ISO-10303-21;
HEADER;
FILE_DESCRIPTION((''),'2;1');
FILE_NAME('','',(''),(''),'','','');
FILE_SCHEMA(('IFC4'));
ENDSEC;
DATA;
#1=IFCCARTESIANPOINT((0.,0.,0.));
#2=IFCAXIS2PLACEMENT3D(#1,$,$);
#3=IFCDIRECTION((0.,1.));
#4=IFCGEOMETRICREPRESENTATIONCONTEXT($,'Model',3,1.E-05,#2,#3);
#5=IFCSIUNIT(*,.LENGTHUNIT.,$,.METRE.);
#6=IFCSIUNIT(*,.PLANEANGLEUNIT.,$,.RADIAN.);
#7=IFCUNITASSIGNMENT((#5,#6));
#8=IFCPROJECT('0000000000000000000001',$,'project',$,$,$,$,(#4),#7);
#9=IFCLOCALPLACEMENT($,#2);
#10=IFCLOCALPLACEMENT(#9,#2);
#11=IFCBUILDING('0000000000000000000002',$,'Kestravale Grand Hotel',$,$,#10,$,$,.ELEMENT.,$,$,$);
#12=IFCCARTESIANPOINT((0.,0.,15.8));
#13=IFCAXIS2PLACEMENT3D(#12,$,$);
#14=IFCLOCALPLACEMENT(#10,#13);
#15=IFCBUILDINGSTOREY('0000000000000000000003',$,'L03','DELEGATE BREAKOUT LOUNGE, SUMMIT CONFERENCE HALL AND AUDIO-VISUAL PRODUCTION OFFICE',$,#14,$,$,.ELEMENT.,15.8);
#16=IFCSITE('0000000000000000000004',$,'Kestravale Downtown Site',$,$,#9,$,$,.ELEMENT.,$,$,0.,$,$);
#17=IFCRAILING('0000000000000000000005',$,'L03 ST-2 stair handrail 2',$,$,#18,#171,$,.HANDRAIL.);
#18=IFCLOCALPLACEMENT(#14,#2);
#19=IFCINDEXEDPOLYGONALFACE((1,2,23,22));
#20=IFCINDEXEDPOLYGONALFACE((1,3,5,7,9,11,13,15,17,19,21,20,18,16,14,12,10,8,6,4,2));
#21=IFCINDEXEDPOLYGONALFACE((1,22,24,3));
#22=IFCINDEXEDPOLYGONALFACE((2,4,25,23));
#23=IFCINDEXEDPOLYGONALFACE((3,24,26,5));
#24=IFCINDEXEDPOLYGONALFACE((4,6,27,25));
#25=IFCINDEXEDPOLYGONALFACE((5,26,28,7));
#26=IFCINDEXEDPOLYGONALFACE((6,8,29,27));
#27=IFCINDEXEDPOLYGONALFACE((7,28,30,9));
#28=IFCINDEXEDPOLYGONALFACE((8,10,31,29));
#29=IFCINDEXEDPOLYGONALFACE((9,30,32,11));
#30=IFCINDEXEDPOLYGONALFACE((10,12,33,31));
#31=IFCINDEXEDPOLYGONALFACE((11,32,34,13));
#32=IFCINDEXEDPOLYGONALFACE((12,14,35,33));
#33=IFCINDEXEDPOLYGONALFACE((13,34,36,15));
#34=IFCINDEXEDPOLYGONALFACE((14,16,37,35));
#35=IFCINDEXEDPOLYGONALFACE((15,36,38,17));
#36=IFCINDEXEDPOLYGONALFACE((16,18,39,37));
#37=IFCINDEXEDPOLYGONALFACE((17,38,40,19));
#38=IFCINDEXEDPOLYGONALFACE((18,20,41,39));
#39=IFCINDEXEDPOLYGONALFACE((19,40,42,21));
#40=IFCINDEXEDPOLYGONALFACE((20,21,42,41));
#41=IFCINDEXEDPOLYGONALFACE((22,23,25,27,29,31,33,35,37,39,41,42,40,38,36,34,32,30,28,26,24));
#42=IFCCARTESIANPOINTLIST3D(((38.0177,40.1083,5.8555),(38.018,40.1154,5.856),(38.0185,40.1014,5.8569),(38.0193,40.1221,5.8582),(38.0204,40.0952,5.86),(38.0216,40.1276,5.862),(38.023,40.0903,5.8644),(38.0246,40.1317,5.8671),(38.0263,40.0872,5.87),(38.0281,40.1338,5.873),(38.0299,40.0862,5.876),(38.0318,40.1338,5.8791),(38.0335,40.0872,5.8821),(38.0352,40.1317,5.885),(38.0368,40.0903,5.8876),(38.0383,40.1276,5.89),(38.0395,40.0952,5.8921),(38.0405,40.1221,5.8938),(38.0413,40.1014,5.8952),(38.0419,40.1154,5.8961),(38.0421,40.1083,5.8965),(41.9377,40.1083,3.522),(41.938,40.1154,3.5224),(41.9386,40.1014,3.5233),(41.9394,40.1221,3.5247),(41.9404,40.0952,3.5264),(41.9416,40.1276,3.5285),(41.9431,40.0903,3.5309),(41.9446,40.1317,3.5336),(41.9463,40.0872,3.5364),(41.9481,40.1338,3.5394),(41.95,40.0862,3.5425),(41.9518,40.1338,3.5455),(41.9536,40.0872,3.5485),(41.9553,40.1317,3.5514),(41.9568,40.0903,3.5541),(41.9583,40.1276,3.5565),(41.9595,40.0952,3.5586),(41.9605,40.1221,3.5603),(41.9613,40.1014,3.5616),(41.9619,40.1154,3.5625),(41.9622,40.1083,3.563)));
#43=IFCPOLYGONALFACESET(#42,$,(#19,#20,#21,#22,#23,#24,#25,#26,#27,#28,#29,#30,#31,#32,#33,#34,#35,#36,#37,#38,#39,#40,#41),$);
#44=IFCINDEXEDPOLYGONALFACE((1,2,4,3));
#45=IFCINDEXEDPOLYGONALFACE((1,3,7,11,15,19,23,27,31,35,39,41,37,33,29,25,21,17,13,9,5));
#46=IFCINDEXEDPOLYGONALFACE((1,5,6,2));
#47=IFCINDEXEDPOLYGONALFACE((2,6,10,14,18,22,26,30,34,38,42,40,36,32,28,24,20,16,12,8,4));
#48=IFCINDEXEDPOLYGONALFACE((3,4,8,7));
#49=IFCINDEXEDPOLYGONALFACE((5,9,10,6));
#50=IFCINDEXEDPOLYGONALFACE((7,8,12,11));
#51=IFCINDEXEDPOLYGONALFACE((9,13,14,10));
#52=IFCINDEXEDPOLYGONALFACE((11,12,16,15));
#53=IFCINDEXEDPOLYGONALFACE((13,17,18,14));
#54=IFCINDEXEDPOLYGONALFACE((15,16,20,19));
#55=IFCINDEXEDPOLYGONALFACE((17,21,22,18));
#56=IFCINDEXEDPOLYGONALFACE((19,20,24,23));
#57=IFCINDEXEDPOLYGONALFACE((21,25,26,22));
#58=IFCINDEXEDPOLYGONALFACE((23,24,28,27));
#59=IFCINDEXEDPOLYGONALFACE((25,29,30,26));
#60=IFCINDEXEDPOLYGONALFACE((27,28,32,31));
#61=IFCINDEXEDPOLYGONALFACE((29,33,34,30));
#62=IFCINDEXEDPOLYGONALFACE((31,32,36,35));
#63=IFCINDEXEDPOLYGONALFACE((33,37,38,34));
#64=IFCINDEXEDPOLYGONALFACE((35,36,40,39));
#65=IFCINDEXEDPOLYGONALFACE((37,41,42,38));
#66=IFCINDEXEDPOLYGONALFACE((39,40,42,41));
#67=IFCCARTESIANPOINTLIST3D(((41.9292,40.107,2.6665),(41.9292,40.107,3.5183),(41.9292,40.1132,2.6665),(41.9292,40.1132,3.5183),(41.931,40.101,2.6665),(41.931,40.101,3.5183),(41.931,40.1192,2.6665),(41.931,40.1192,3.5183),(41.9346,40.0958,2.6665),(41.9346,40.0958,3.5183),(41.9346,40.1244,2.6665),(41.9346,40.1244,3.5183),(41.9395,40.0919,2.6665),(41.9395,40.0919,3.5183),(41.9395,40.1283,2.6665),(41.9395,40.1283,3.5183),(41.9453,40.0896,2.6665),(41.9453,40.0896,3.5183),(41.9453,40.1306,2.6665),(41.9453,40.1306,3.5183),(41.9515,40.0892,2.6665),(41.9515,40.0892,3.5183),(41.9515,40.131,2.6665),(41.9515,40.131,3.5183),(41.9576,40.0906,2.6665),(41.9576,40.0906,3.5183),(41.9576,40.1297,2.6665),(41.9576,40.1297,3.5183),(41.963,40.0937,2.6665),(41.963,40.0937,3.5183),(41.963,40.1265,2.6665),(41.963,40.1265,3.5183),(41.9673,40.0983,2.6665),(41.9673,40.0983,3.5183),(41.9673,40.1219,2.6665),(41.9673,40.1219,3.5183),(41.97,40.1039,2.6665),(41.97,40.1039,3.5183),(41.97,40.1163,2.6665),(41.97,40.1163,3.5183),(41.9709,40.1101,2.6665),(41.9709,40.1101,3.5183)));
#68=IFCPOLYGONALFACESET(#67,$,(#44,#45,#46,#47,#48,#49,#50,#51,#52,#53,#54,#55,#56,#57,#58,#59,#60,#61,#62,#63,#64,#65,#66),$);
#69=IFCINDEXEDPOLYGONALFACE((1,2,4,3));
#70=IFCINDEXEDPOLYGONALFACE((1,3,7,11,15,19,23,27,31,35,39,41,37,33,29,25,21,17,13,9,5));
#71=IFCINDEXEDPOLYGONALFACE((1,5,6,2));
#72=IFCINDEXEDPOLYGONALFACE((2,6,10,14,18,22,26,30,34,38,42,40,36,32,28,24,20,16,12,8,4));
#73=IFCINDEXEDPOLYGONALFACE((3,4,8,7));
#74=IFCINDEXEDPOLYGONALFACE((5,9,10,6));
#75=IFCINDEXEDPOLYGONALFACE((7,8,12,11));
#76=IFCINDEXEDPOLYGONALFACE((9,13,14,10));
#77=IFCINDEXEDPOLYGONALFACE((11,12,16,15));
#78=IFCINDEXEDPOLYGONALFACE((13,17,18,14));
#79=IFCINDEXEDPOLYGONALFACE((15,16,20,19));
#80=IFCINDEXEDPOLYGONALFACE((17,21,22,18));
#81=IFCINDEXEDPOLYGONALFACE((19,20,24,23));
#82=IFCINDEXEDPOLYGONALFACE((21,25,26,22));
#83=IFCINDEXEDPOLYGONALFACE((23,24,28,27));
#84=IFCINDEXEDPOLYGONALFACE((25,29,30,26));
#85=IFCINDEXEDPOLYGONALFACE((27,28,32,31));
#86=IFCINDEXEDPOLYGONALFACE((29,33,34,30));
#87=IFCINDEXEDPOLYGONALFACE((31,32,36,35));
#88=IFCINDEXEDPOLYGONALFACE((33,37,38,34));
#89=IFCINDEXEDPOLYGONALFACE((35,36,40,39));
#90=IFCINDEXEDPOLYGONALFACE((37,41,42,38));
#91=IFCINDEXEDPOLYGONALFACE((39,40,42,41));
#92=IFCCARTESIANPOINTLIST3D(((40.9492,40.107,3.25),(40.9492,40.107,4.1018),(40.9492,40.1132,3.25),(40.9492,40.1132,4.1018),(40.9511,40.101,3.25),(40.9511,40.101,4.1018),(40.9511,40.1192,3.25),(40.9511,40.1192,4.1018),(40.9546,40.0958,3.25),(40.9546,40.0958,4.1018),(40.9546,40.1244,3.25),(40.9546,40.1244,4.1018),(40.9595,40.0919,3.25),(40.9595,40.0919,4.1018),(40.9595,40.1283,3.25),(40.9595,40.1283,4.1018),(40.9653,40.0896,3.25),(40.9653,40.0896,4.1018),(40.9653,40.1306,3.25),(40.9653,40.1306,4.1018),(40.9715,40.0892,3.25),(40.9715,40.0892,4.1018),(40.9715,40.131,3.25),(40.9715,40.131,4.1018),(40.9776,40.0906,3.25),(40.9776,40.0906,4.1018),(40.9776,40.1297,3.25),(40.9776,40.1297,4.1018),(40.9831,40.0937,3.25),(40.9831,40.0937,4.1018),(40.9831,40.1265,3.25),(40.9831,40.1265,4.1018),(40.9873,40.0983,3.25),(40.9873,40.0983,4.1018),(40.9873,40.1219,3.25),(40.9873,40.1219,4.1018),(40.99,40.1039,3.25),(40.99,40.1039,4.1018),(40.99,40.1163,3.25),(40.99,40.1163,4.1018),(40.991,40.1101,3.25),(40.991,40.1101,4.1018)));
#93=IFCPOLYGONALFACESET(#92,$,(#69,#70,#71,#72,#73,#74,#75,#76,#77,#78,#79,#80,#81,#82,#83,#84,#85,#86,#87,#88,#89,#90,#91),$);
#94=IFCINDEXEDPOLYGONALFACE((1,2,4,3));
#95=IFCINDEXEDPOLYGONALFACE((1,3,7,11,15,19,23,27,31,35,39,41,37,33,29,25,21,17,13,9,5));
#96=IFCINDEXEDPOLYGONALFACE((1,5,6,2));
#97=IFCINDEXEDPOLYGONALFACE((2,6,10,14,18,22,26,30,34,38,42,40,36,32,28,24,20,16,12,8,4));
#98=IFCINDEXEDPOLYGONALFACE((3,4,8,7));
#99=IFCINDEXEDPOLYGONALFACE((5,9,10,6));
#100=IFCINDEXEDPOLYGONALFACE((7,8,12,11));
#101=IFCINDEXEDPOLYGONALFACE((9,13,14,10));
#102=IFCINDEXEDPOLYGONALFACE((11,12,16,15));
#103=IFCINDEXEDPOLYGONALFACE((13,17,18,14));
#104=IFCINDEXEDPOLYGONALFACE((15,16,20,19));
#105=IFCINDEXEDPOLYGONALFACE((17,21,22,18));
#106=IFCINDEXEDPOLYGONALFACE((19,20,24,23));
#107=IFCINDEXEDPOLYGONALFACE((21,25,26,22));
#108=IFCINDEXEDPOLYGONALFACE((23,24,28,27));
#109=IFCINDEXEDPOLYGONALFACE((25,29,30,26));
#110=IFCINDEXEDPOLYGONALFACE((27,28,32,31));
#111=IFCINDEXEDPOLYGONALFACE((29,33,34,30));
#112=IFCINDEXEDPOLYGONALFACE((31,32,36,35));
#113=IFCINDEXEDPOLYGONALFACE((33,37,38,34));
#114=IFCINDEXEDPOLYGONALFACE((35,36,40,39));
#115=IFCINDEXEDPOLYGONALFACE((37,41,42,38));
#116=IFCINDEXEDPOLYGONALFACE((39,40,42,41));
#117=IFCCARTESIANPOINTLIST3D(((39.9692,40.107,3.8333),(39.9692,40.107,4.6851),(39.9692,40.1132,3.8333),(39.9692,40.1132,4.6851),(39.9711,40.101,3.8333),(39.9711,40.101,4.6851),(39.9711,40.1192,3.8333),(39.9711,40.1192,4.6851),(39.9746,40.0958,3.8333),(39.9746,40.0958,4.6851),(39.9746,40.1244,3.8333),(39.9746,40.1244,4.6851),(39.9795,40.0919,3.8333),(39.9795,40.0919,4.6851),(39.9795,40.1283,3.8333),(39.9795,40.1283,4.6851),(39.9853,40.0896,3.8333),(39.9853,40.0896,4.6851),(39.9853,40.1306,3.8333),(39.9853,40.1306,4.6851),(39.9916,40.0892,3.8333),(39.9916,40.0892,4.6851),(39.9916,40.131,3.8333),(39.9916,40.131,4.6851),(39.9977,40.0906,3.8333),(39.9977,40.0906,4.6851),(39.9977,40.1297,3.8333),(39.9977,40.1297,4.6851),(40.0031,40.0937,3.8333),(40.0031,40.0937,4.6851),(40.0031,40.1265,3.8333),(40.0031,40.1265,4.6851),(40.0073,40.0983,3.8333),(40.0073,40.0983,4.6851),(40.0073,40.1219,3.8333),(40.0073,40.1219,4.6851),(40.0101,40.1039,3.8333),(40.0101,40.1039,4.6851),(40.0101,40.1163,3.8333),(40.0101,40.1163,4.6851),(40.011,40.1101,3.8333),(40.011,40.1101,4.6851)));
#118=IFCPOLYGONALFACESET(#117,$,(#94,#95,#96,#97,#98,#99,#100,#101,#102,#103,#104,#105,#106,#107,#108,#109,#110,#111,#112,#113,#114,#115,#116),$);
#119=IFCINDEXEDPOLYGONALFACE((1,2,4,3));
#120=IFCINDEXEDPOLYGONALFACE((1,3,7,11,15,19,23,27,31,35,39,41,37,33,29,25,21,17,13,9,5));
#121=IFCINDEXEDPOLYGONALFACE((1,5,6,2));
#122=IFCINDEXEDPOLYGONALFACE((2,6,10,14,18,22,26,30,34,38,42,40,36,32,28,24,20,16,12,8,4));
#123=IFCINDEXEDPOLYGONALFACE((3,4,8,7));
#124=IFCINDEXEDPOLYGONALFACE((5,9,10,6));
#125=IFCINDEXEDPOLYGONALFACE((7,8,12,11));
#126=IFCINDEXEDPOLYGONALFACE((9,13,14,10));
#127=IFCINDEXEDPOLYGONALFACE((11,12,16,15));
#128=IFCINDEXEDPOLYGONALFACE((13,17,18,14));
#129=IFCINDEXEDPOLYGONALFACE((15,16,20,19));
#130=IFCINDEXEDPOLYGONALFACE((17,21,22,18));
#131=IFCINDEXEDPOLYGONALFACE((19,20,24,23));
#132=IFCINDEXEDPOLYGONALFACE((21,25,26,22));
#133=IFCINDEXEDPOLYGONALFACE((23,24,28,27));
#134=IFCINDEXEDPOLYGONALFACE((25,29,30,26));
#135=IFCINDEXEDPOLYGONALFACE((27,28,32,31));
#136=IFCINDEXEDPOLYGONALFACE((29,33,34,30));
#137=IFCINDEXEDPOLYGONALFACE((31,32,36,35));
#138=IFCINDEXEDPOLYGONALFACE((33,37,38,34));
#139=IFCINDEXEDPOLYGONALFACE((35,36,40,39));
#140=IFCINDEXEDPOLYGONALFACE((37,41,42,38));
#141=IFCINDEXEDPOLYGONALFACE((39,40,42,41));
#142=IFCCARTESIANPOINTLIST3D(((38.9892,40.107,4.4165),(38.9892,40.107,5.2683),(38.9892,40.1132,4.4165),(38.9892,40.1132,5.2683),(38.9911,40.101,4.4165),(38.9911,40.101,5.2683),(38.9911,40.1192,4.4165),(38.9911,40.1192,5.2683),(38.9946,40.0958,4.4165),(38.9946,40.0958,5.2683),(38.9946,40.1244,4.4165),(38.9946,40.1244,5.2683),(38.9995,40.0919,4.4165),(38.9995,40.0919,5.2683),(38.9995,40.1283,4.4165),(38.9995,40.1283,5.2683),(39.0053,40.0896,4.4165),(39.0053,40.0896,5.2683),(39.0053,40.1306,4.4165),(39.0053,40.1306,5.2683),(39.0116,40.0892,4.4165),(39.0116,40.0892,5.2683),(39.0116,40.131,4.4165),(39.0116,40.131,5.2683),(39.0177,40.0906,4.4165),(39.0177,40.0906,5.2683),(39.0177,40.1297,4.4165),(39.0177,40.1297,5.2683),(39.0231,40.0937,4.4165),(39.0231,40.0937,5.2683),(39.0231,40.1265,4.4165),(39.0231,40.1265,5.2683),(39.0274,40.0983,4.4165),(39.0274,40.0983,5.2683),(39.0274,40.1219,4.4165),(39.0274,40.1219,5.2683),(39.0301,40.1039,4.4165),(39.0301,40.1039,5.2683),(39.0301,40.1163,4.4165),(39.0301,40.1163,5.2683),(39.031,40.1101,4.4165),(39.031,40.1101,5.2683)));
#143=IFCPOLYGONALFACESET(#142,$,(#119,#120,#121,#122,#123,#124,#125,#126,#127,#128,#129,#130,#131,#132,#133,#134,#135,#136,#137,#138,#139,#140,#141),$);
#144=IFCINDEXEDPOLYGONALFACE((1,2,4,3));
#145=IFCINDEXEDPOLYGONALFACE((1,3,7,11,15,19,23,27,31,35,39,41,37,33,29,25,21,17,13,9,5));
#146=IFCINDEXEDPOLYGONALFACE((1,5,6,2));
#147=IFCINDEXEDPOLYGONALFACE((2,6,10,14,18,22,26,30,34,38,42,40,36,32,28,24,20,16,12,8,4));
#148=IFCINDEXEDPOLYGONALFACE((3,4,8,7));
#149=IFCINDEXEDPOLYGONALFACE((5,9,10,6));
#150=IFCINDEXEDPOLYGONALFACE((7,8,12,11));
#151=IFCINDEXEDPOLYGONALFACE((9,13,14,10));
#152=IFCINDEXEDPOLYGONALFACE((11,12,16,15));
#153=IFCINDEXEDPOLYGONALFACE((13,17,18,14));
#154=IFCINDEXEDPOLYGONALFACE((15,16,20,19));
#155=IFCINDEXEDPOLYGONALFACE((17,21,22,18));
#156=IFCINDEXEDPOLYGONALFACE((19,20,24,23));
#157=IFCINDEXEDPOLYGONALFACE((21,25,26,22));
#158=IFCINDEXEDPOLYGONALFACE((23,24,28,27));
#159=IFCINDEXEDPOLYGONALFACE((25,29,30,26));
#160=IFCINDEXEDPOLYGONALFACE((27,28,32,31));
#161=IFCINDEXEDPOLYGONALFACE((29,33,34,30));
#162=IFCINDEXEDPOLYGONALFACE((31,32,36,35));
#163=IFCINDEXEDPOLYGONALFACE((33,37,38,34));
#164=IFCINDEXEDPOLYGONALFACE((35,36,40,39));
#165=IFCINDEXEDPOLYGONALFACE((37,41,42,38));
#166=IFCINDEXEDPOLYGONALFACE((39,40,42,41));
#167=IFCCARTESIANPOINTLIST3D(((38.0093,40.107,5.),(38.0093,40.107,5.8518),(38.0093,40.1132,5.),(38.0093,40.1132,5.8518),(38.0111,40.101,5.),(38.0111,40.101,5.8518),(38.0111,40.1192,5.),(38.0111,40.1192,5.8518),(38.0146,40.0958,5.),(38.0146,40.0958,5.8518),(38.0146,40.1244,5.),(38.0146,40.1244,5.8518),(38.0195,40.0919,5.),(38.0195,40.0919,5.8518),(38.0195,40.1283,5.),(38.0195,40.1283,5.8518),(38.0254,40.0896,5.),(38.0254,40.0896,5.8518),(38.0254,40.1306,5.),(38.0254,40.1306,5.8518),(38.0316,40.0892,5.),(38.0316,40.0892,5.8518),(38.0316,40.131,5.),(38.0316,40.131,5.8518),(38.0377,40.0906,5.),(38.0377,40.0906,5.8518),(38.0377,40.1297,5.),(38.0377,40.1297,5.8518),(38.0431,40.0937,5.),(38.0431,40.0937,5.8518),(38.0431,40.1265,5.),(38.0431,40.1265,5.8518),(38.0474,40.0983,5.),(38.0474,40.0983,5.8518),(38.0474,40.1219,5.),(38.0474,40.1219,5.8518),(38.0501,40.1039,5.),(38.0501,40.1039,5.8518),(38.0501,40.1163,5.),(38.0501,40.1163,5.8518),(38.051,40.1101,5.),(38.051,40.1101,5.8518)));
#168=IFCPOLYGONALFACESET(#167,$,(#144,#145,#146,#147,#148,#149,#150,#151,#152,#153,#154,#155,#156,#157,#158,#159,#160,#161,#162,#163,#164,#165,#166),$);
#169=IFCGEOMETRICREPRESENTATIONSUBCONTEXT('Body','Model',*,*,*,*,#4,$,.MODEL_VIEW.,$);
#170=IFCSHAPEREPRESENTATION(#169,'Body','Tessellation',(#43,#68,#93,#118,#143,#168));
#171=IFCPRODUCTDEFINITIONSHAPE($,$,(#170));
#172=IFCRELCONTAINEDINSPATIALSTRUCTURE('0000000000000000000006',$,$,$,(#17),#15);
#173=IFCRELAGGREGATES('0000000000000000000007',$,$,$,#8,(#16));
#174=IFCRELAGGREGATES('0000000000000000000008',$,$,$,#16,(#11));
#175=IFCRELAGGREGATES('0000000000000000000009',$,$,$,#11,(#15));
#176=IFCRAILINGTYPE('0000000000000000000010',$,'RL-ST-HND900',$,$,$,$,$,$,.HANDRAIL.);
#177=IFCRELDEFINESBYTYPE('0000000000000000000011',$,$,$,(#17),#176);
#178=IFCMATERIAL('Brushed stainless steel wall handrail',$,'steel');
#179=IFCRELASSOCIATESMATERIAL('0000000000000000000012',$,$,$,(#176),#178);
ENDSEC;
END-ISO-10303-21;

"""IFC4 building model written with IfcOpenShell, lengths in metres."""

from ifc_helpers import new_model, si_unit, direction, frame, origin, origin_2d, place, context, subcontext, project, spatial, circle, extrude, material, type_object, element, save


model = new_model("IFC4")

# Units and contexts
model_context = context("Model", 3, precision=1e-05, world=origin(), true_north=direction((0.0, 1.0)))
body_context = subcontext(model_context, "Body", "Model", "MODEL_VIEW")
ifc_project = project(units=[si_unit("LENGTHUNIT", "METRE"), si_unit("PLANEANGLEUNIT", "RADIAN")], contexts=[model_context])

# Site, building, storey
site_placement = place(None, origin())
site = spatial("IfcSite", under=ifc_project, at=site_placement, Name="Kestravale Downtown Site", CompositionType="ELEMENT", RefElevation=0.0)
building_placement = place(site_placement, origin())
building = spatial("IfcBuilding", under=site, at=building_placement, Name="Kestravale Grand Hotel", CompositionType="ELEMENT")
storey_placement = place(building_placement, frame((0.0, 0.0, 15.8)))
storey = spatial("IfcBuildingStorey", under=building, at=storey_placement, Name="L03", Description="DELEGATE BREAKOUT LOUNGE, SUMMIT CONFERENCE HALL AND AUDIO-VISUAL PRODUCTION OFFICE", CompositionType="ELEMENT", Elevation=15.8)

# Railing
ifc_material_1 = material(Name="Brushed stainless steel wall handrail", Category="steel")
railing_type_1 = type_object("IfcRailingType", Name="RL-ST-HND900", PredefinedType="HANDRAIL", material=ifc_material_1)
railing_1_placement = place(storey_placement, frame((41.95, 40.1101, 2.6665)))
element("IfcRailing", 1, at=railing_1_placement, inside=storey, type_object=railing_type_1, Name="L03 ST-2 stair handrail 2", PredefinedType="HANDRAIL", context=body_context, shape_type="SweptSolid", body=[
    extrude(circle(Radius=0.0239, at=origin_2d()), frame((0.0, 0.0, 0.876), z_axis=(-0.859273, 0.0, 0.511518), x_axis=(0.0, -1.0, 0.0)), (0.0, 0.0, 1.0), 4.562),
    extrude(circle(Radius=0.021, at=origin_2d()), origin(), (0.0, 0.0, 1.0), 0.8518),
    extrude(circle(Radius=0.021, at=origin_2d()), frame((-0.98, 0.0, 0.5835)), (0.0, 0.0, 1.0), 0.8518),
    extrude(circle(Radius=0.021, at=origin_2d()), frame((-1.96, 0.0, 1.1667)), (0.0, 0.0, 1.0), 0.8518),
    extrude(circle(Radius=0.021, at=origin_2d()), frame((-2.9399, 0.0, 1.75)), (0.0, 0.0, 1.0), 0.8518),
    extrude(circle(Radius=0.021, at=origin_2d()), frame((-3.9199, 0.0, 2.3335)), (0.0, 0.0, 1.0), 0.8518),
])

save(model, "model.ifc")
